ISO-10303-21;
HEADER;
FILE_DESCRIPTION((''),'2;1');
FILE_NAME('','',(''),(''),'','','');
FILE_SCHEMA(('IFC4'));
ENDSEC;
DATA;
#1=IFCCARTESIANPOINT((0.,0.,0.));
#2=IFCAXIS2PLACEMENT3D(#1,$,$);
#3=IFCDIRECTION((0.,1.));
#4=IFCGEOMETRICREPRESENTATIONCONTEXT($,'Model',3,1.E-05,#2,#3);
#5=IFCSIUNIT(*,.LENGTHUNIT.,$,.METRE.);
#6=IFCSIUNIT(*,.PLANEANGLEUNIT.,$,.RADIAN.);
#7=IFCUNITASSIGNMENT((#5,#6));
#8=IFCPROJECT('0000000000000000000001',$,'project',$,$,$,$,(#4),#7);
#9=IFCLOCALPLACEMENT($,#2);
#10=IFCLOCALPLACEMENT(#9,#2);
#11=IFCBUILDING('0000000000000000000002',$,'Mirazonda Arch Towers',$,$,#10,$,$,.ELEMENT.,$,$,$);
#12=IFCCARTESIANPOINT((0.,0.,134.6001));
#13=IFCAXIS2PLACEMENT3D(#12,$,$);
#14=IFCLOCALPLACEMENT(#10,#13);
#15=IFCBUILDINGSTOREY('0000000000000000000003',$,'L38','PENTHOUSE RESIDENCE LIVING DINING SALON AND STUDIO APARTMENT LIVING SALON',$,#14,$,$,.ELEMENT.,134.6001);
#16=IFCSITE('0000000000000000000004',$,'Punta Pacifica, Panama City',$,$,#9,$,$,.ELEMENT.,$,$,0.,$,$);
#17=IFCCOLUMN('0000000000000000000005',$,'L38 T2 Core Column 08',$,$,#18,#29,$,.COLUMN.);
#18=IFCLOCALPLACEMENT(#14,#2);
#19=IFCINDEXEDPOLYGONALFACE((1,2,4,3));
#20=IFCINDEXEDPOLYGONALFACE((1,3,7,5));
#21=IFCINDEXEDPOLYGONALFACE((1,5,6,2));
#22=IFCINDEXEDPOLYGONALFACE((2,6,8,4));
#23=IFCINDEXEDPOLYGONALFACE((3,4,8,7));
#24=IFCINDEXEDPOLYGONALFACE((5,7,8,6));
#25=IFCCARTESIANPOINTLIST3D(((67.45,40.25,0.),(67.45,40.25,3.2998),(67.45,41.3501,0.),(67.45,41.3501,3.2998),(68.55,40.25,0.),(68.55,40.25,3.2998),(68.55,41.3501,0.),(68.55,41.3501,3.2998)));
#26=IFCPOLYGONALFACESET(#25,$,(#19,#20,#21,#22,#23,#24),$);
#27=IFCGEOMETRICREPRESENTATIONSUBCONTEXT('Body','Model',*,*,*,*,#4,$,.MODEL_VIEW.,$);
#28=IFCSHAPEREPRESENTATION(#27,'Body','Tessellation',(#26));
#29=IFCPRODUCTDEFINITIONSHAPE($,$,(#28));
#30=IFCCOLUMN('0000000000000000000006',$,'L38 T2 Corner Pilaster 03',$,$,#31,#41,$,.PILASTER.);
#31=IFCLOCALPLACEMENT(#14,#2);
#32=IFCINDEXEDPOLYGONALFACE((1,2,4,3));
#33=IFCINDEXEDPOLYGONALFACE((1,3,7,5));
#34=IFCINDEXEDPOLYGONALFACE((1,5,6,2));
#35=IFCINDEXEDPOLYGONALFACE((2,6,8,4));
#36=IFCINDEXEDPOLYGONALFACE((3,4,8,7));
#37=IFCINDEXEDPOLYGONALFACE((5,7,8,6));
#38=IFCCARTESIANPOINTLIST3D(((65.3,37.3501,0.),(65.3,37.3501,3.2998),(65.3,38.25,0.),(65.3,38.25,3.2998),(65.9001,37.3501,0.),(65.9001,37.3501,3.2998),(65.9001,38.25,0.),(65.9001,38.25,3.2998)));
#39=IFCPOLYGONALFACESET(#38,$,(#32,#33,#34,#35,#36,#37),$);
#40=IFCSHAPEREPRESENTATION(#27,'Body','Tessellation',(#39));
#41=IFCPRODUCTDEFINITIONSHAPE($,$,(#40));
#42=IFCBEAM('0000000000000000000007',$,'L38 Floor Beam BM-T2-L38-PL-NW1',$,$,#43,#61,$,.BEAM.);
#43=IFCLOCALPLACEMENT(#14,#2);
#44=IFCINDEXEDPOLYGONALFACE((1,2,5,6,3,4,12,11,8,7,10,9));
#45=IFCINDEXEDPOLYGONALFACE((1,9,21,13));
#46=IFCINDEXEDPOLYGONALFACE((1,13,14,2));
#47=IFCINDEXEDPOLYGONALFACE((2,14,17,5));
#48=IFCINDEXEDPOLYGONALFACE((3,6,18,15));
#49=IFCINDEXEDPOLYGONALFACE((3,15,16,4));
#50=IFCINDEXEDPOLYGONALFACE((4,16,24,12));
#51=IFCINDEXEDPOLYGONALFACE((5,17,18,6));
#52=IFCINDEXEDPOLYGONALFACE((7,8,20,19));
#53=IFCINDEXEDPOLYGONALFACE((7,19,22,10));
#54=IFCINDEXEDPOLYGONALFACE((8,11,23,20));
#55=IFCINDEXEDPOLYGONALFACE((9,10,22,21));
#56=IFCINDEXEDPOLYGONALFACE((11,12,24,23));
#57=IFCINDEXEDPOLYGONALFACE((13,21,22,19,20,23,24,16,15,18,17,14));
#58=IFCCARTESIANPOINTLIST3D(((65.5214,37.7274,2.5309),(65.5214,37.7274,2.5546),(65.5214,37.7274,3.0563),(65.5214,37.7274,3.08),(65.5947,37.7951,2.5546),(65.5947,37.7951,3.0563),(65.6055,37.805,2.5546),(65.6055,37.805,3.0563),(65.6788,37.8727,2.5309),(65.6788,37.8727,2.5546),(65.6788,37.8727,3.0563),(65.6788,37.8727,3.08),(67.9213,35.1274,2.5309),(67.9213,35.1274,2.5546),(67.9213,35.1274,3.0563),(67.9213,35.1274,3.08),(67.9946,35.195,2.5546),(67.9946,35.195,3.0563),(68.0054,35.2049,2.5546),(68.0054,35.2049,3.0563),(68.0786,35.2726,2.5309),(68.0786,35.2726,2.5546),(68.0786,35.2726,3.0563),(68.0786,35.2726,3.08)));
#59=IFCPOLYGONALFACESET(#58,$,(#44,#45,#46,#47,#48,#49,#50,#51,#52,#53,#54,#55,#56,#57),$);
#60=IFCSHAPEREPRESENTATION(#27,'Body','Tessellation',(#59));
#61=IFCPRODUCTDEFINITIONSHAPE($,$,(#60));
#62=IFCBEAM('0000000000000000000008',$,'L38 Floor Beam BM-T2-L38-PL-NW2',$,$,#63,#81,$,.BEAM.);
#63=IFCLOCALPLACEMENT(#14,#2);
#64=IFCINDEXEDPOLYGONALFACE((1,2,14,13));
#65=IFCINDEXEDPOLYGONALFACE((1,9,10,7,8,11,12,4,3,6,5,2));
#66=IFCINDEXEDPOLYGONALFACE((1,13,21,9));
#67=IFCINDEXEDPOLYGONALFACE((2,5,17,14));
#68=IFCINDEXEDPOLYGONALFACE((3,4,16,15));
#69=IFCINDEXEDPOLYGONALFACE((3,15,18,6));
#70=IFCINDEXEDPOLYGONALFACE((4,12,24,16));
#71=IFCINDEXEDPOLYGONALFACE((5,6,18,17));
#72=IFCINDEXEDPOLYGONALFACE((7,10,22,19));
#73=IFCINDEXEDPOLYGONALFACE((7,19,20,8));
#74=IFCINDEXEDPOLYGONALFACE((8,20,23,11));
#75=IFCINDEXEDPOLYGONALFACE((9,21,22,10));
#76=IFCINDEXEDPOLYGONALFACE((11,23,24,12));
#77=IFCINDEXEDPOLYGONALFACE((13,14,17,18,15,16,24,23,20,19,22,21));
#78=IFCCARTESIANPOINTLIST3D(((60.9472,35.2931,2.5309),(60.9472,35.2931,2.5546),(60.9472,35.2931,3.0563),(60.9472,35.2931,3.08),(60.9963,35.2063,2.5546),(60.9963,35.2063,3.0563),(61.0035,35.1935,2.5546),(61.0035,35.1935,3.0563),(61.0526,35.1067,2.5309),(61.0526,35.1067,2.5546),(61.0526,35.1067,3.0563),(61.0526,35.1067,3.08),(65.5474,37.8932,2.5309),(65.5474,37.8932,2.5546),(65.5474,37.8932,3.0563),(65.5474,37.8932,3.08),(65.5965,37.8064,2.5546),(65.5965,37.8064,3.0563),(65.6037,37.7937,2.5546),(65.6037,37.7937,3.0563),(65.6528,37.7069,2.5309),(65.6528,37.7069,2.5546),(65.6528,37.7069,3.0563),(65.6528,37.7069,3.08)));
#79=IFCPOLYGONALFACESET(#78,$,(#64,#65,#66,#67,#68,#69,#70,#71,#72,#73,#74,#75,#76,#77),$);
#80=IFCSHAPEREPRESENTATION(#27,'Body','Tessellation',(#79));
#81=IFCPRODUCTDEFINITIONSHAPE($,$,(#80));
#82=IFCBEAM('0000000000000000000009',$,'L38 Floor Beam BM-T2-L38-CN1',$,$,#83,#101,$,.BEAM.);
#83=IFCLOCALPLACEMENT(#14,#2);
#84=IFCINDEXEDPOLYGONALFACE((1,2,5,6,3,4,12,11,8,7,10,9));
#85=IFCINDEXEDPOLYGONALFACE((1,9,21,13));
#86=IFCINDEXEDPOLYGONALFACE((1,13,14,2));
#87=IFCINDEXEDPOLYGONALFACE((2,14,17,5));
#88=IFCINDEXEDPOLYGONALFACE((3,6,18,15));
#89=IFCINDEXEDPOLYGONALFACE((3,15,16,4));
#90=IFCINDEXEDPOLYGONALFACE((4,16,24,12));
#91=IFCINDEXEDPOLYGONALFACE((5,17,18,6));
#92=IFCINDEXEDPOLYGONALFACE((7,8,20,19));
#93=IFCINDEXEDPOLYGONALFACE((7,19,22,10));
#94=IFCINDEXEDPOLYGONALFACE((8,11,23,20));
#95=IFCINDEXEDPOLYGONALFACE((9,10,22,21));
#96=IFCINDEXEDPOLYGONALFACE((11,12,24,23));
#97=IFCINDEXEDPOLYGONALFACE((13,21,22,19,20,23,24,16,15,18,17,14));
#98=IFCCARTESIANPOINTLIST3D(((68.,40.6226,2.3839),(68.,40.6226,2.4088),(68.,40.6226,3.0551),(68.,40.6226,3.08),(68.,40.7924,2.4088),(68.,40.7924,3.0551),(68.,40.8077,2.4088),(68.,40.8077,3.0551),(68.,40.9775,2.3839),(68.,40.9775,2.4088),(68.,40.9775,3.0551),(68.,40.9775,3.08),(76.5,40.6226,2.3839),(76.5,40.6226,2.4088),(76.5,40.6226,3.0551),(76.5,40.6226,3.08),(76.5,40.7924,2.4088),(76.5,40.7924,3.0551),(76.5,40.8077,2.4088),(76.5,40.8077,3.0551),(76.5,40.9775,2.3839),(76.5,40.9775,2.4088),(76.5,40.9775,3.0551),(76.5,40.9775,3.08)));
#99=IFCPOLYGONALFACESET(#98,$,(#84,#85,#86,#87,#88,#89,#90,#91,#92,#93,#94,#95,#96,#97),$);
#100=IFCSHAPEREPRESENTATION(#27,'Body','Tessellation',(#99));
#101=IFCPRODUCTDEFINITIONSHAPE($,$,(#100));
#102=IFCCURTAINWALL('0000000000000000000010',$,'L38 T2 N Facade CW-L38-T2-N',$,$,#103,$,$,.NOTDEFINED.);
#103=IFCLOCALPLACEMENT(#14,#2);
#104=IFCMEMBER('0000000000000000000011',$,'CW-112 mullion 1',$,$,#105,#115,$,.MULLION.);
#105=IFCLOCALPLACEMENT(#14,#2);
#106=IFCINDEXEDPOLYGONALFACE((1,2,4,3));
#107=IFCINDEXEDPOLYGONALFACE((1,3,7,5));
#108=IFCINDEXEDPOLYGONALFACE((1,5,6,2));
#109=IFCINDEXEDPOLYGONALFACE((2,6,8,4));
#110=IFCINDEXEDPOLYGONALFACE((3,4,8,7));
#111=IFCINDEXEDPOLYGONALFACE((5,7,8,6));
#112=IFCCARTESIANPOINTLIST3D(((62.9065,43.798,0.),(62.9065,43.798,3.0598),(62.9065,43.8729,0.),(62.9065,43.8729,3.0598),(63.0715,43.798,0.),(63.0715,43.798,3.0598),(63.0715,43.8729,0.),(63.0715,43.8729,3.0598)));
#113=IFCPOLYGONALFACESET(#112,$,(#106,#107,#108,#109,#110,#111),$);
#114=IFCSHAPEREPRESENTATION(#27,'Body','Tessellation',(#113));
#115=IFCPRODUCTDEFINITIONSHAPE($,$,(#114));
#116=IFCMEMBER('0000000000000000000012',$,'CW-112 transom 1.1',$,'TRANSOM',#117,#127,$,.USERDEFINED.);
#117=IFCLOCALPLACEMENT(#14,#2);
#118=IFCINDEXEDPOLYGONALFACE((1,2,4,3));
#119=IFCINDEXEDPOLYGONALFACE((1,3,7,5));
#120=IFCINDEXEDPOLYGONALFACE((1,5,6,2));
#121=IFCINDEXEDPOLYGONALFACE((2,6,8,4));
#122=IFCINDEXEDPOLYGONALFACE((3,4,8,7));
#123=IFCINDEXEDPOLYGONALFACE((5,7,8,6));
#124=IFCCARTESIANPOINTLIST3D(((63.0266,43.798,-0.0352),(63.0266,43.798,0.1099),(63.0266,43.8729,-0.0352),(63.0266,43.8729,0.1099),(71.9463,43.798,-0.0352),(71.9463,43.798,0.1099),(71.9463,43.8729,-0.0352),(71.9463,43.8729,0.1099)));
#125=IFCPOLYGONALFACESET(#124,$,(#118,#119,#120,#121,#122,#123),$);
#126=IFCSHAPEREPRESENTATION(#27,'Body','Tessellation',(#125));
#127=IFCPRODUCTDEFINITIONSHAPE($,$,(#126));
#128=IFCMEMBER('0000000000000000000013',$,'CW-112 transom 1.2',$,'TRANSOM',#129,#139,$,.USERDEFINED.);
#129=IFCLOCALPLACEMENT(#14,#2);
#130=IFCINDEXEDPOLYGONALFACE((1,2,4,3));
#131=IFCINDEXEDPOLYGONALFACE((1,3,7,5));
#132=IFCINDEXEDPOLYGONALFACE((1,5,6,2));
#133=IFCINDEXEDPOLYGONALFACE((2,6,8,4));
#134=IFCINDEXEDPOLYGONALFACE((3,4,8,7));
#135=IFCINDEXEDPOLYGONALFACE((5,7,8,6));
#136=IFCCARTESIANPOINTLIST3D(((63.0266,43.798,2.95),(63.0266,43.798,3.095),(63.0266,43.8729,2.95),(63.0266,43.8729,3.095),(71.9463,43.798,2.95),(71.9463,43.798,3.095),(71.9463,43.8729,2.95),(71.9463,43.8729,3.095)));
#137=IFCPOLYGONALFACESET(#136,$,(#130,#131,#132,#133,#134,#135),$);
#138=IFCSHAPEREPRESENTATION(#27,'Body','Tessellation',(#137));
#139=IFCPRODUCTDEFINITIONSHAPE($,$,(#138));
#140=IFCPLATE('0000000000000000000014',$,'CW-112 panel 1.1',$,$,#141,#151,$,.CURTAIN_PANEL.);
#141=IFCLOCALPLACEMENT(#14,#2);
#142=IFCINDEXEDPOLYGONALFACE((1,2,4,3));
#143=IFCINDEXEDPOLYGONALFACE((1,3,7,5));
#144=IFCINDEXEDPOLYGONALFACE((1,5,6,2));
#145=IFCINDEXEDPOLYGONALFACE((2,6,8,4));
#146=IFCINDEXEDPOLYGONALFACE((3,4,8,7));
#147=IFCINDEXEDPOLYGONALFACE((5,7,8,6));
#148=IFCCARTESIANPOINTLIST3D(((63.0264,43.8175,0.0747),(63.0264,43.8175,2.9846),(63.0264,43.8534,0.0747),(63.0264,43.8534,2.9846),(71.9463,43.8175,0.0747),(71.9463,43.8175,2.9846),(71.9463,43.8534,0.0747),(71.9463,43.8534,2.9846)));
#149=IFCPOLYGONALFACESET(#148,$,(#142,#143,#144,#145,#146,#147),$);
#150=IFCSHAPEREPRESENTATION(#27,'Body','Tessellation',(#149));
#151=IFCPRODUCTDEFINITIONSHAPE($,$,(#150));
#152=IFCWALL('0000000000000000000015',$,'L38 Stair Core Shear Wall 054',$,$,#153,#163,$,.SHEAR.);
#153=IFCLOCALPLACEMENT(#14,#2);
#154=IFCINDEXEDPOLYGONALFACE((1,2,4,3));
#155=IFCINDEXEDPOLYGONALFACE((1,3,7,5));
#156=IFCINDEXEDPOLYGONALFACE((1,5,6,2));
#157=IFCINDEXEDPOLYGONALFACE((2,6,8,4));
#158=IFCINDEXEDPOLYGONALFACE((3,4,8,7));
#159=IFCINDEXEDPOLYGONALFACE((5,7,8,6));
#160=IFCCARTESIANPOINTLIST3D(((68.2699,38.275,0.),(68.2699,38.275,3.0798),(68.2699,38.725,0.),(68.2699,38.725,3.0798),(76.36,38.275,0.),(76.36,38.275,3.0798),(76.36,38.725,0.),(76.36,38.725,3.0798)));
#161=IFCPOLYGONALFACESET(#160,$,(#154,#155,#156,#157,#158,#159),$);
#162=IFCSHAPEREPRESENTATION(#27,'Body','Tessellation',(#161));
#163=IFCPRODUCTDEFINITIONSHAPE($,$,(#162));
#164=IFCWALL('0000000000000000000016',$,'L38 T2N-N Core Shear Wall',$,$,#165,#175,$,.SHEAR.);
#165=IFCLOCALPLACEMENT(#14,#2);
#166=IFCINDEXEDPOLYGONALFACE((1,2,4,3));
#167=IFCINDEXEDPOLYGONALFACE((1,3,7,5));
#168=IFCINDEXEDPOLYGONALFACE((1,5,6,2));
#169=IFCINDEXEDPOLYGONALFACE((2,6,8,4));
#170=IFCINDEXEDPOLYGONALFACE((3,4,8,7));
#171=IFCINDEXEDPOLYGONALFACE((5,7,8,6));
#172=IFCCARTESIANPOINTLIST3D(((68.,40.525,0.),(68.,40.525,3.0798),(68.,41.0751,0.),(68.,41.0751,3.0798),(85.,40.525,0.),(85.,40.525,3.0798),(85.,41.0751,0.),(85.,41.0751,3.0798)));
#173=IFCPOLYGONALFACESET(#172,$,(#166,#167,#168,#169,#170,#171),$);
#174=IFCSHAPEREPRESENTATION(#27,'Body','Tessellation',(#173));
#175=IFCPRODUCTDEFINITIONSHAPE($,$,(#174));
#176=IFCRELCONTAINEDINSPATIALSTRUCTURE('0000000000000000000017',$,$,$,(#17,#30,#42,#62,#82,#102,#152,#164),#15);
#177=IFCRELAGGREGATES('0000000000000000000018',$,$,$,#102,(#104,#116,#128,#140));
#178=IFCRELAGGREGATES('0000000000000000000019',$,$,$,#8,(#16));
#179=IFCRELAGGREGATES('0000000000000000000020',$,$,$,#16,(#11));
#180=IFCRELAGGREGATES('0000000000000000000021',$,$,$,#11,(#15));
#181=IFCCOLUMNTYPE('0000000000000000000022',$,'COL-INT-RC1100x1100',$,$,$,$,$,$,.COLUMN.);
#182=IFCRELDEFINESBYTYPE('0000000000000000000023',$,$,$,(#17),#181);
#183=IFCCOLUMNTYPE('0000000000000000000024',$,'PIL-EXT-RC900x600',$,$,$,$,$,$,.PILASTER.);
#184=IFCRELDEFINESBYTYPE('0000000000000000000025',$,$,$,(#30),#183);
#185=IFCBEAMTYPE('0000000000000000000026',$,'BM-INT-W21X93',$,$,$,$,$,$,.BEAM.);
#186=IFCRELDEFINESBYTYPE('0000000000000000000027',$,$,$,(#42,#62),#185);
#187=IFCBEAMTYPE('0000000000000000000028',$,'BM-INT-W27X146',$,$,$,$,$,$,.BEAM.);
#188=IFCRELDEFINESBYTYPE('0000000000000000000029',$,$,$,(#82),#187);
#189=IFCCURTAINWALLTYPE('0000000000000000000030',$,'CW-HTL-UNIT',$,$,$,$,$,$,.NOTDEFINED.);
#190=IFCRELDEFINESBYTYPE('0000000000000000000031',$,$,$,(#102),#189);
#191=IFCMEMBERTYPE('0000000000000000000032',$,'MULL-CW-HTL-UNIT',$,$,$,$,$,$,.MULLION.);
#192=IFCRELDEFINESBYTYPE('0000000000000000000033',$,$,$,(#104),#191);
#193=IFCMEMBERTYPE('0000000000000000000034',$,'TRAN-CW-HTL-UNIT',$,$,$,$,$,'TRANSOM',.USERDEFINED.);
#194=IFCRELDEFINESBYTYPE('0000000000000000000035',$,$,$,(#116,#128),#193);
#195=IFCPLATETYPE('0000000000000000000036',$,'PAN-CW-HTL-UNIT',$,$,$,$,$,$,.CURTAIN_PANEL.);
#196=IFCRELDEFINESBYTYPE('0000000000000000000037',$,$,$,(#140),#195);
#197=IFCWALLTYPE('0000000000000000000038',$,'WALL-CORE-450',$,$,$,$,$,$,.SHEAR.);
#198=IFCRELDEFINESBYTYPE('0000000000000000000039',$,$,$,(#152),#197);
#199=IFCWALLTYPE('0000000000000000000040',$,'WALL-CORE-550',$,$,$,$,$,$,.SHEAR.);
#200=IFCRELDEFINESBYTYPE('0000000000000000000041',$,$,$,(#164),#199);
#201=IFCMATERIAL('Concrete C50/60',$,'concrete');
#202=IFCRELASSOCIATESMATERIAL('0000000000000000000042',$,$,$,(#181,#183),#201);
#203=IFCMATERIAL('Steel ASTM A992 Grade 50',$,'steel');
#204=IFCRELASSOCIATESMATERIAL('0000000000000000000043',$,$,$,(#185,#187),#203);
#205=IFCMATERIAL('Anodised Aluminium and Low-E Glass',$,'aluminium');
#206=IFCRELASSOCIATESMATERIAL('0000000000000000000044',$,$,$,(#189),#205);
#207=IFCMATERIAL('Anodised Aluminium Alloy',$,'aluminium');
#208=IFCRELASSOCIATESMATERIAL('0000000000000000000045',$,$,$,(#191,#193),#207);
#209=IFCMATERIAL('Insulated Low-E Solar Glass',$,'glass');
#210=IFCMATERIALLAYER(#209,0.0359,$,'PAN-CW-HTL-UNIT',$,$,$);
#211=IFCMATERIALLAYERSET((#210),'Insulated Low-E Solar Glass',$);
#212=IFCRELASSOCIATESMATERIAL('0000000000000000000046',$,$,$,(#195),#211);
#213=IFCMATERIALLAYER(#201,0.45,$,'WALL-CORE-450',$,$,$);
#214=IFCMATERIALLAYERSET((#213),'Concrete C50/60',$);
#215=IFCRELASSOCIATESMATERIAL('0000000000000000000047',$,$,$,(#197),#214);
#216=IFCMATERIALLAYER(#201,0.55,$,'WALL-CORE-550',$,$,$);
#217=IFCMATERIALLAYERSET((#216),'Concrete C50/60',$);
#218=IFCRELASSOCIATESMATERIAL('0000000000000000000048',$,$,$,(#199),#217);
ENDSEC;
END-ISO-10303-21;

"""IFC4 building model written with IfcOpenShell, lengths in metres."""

from ifc_helpers import new_model, si_unit, direction, frame, frame_2d, origin, origin_2d, place, context, subcontext, project, spatial, rectangle, i_section, extrude, material, layer, layer_set, material_profile, profile_set, type_object, element, aggregate, save


model = new_model("IFC4")

# Units and contexts
model_context = context("Model", 3, precision=1e-05, world=origin(), true_north=direction((0.0, 1.0)))
body_context = subcontext(model_context, "Body", "Model", "MODEL_VIEW")
ifc_project = project(units=[si_unit("LENGTHUNIT", "METRE"), si_unit("PLANEANGLEUNIT", "RADIAN")], contexts=[model_context])

# Site, building, storey
site_placement = place(None, origin())
site = spatial("IfcSite", under=ifc_project, at=site_placement, Name="Punta Pacifica, Panama City", CompositionType="ELEMENT", RefElevation=0.0)
building_placement = place(site_placement, origin())
building = spatial("IfcBuilding", under=site, at=building_placement, Name="Mirazonda Arch Towers", CompositionType="ELEMENT")
storey_placement = place(building_placement, frame((0.0, 0.0, 134.6001)))
storey = spatial("IfcBuildingStorey", under=building, at=storey_placement, Name="L38", Description="PENTHOUSE RESIDENCE LIVING DINING SALON AND STUDIO APARTMENT LIVING SALON", CompositionType="ELEMENT", Elevation=134.6001)

# Columns
ifc_material_1 = material(Name="Concrete C50/60", Category="concrete")
ifc_material_profile_1 = material_profile(ifc_material_1, rectangle(XDim=1.1001, YDim=1.1001, at=origin_2d()), Name="RC1100x1100")
ifc_profile_set_1 = profile_set([ifc_material_profile_1], Name="Concrete C50/60")
column_type_1 = type_object("IfcColumnType", Name="COL-INT-RC1100x1100", PredefinedType="COLUMN", material=ifc_profile_set_1)
column_1_placement = place(storey_placement, frame((68.0, 40.8, 0.0), z_axis=(0.0, 0.0, 1.0), x_axis=(1.0, 0.0, 0.0)))
element("IfcColumn", 1, at=column_1_placement, inside=storey, type_object=column_type_1, Name="L38 T2 Core Column 08", PredefinedType="COLUMN", context=body_context, shape_type="SweptSolid", body=[
    extrude(rectangle(XDim=1.1001, YDim=1.1001, at=origin_2d()), origin(), (0.0, 0.0, 1.0), 3.2998),
])
ifc_material_profile_2 = material_profile(ifc_material_1, rectangle(XDim=0.6001, YDim=0.8999, at=origin_2d()), Name="RC900x600")
ifc_profile_set_2 = profile_set([ifc_material_profile_2], Name="Concrete C50/60")
column_type_2 = type_object("IfcColumnType", Name="PIL-EXT-RC900x600", PredefinedType="PILASTER", material=ifc_profile_set_2)
column_2_placement = place(storey_placement, frame((65.6001, 37.8, 0.0), z_axis=(0.0, 0.0, 1.0), x_axis=(1.0, 0.0, 0.0)))
element("IfcColumn", 2, at=column_2_placement, inside=storey, type_object=column_type_2, Name="L38 T2 Corner Pilaster 03", PredefinedType="PILASTER", context=body_context, shape_type="SweptSolid", body=[
    extrude(rectangle(XDim=0.6001, YDim=0.8999, at=origin_2d()), origin(), (0.0, 0.0, 1.0), 3.2998),
])

# Beams
ifc_material_2 = material(Name="Steel ASTM A992 Grade 50", Category="steel")
ifc_material_profile_3 = material_profile(ifc_material_2, i_section(OverallWidth=0.2141, OverallDepth=0.5491, WebThickness=0.0146, FlangeThickness=0.0237, at=origin_2d()), Name="W21X93")
ifc_profile_set_3 = profile_set([ifc_material_profile_3], Name="Steel ASTM A992 Grade 50")
beam_type_1 = type_object("IfcBeamType", Name="BM-INT-W21X93", PredefinedType="BEAM", material=ifc_profile_set_3)
beam_1_placement = place(storey_placement, frame((65.6001, 37.8, 2.8054), z_axis=(0.678251, -0.73483, 0.0), x_axis=(0.73483, 0.678251, 0.0)))
element("IfcBeam", 3, at=beam_1_placement, inside=storey, type_object=beam_type_1, Name="L38 Floor Beam BM-T2-L38-PL-NW1", PredefinedType="BEAM", context=body_context, shape_type="SweptSolid", body=[
    extrude(i_section(OverallWidth=0.2141, OverallDepth=0.5491, WebThickness=0.0146, FlangeThickness=0.0237, at=origin_2d()), origin(), (0.0, 0.0, 1.0), 3.5383),
])
beam_2_placement = place(storey_placement, frame((65.6001, 37.8, 2.8054), z_axis=(-0.870559, -0.492063, 0.0), x_axis=(0.492063, -0.870559, 0.0)))
element("IfcBeam", 4, at=beam_2_placement, inside=storey, type_object=beam_type_1, Name="L38 Floor Beam BM-T2-L38-PL-NW2", PredefinedType="BEAM", context=body_context, shape_type="SweptSolid", body=[
    extrude(i_section(OverallWidth=0.2141, OverallDepth=0.5491, WebThickness=0.0146, FlangeThickness=0.0237, at=origin_2d()), origin(), (0.0, 0.0, 1.0), 5.2842),
])
ifc_material_profile_4 = material_profile(ifc_material_2, i_section(OverallWidth=0.355, OverallDepth=0.696, WebThickness=0.0154, FlangeThickness=0.0249, at=origin_2d()), Name="W27X146")
ifc_profile_set_4 = profile_set([ifc_material_profile_4], Name="Steel ASTM A992 Grade 50")
beam_type_2 = type_object("IfcBeamType", Name="BM-INT-W27X146", PredefinedType="BEAM", material=ifc_profile_set_4)
beam_3_placement = place(storey_placement, frame((68.0, 40.8, 2.7319), z_axis=(1.0, 0.0, 0.0), x_axis=(0.0, 1.0, 0.0)))
element("IfcBeam", 5, at=beam_3_placement, inside=storey, type_object=beam_type_2, Name="L38 Floor Beam BM-T2-L38-CN1", PredefinedType="BEAM", context=body_context, shape_type="SweptSolid", body=[
    extrude(i_section(OverallWidth=0.355, OverallDepth=0.696, WebThickness=0.0154, FlangeThickness=0.0249, at=origin_2d()), origin(), (0.0, 0.0, 1.0), 8.5),
])

# Curtain wall, members, plate
ifc_material_3 = material(Name="Anodised Aluminium and Low-E Glass", Category="aluminium")
curtain_wall_type = type_object("IfcCurtainWallType", Name="CW-HTL-UNIT", PredefinedType="NOTDEFINED", material=ifc_material_3)
curtain_wall_placement = place(storey_placement, origin())
curtain_wall = element("IfcCurtainWall", 6, at=curtain_wall_placement, inside=storey, type_object=curtain_wall_type, Name="L38 T2 N Facade CW-L38-T2-N", PredefinedType="NOTDEFINED")
ifc_material_4 = material(Name="Anodised Aluminium Alloy", Category="aluminium")
ifc_material_profile_5 = material_profile(ifc_material_4, rectangle(XDim=0.075, YDim=0.165, at=origin_2d()), Name="ALU-MULL-75x165")
ifc_profile_set_5 = profile_set([ifc_material_profile_5], Name="Anodised Aluminium Alloy")
member_type_1 = type_object("IfcMemberType", Name="MULL-CW-HTL-UNIT", PredefinedType="MULLION", material=ifc_profile_set_5)
member_1_placement = place(storey_placement, frame((62.989, 43.8354, 0.0), z_axis=(0.0, 0.0, 1.0), x_axis=(0.0, 1.0, 0.0)))
member_1 = element("IfcMember", 7, at=member_1_placement, type_object=member_type_1, Name="CW-112 mullion 1", PredefinedType="MULLION", context=body_context, shape_type="SweptSolid", body=[
    extrude(rectangle(XDim=0.075, YDim=0.165, at=origin_2d()), origin(), (0.0, 0.0, 1.0), 3.0598),
])
ifc_material_profile_6 = material_profile(ifc_material_4, rectangle(XDim=0.075, YDim=0.145, at=origin_2d()), Name="ALU-TRAN-75x145")
ifc_profile_set_6 = profile_set([ifc_material_profile_6], Name="Anodised Aluminium Alloy")
member_type_2 = type_object("IfcMemberType", Name="TRAN-CW-HTL-UNIT", ElementType="TRANSOM", PredefinedType="USERDEFINED", material=ifc_profile_set_6)
member_2_placement = place(storey_placement, frame((63.0266, 43.8354, 0.0374), z_axis=(1.0, 0.0, 0.0), x_axis=(0.0, 1.0, 0.0)))
member_2 = element("IfcMember", 8, at=member_2_placement, type_object=member_type_2, Name="CW-112 transom 1.1", ObjectType="TRANSOM", PredefinedType="USERDEFINED", context=body_context, shape_type="SweptSolid", body=[
    extrude(rectangle(XDim=0.075, YDim=0.145, at=origin_2d()), origin(), (0.0, 0.0, 1.0), 8.9197),
])
member_3_placement = place(storey_placement, frame((63.0266, 43.8354, 3.0225), z_axis=(1.0, 0.0, 0.0), x_axis=(0.0, 1.0, 0.0)))
member_3 = element("IfcMember", 9, at=member_3_placement, type_object=member_type_2, Name="CW-112 transom 1.2", ObjectType="TRANSOM", PredefinedType="USERDEFINED", context=body_context, shape_type="SweptSolid", body=[
    extrude(rectangle(XDim=0.075, YDim=0.145, at=origin_2d()), origin(), (0.0, 0.0, 1.0), 8.9197),
])
ifc_material_5 = material(Name="Insulated Low-E Solar Glass", Category="glass")
ifc_layer_1 = layer(ifc_material_5, 0.0359, Name="PAN-CW-HTL-UNIT")
ifc_layer_set_1 = layer_set([ifc_layer_1], Name="Insulated Low-E Solar Glass")
plate_type = type_object("IfcPlateType", Name="PAN-CW-HTL-UNIT", PredefinedType="CURTAIN_PANEL", material=ifc_layer_set_1)
plate_placement = place(storey_placement, frame((67.4863, 43.8354, 0.0747), z_axis=(0.0, 0.0, 1.0), x_axis=(1.0, 0.0, 0.0)))
plate = element("IfcPlate", 10, at=plate_placement, type_object=plate_type, Name="CW-112 panel 1.1", PredefinedType="CURTAIN_PANEL", context=body_context, shape_type="SweptSolid", body=[
    extrude(rectangle(XDim=8.9199, YDim=0.0359, at=origin_2d()), origin(), (0.0, 0.0, 1.0), 2.9099),
])
aggregate(curtain_wall, [member_1, member_2, member_3, plate])

# Walls
ifc_layer_2 = layer(ifc_material_1, 0.45, Name="WALL-CORE-450")
ifc_layer_set_2 = layer_set([ifc_layer_2], Name="Concrete C50/60")
wall_type_1 = type_object("IfcWallType", Name="WALL-CORE-450", PredefinedType="SHEAR", material=ifc_layer_set_2)
wall_1_placement = place(storey_placement, frame((68.27, 38.5, 0.0), z_axis=(0.0, 0.0, 1.0), x_axis=(1.0, 0.0, 0.0)))
element("IfcWall", 11, at=wall_1_placement, inside=storey, type_object=wall_type_1, Name="L38 Stair Core Shear Wall 054", PredefinedType="SHEAR", context=body_context, shape_type="SweptSolid", body=[
    extrude(rectangle(XDim=8.0901, YDim=0.45, at=frame_2d((4.0449, 0.0))), origin(), (0.0, 0.0, 1.0), 3.0798),
])
ifc_layer_3 = layer(ifc_material_1, 0.55, Name="WALL-CORE-550")
ifc_layer_set_3 = layer_set([ifc_layer_3], Name="Concrete C50/60")
wall_type_2 = type_object("IfcWallType", Name="WALL-CORE-550", PredefinedType="SHEAR", material=ifc_layer_set_3)
wall_2_placement = place(storey_placement, frame((68.0, 40.8, 0.0), z_axis=(0.0, 0.0, 1.0), x_axis=(1.0, 0.0, 0.0)))
element("IfcWall", 12, at=wall_2_placement, inside=storey, type_object=wall_type_2, Name="L38 T2N-N Core Shear Wall", PredefinedType="SHEAR", context=body_context, shape_type="SweptSolid", body=[
    extrude(rectangle(XDim=17.0, YDim=0.55, at=frame_2d((8.5, 0.0))), origin(), (0.0, 0.0, 1.0), 3.0798),
])

save(model, "model.ifc")
